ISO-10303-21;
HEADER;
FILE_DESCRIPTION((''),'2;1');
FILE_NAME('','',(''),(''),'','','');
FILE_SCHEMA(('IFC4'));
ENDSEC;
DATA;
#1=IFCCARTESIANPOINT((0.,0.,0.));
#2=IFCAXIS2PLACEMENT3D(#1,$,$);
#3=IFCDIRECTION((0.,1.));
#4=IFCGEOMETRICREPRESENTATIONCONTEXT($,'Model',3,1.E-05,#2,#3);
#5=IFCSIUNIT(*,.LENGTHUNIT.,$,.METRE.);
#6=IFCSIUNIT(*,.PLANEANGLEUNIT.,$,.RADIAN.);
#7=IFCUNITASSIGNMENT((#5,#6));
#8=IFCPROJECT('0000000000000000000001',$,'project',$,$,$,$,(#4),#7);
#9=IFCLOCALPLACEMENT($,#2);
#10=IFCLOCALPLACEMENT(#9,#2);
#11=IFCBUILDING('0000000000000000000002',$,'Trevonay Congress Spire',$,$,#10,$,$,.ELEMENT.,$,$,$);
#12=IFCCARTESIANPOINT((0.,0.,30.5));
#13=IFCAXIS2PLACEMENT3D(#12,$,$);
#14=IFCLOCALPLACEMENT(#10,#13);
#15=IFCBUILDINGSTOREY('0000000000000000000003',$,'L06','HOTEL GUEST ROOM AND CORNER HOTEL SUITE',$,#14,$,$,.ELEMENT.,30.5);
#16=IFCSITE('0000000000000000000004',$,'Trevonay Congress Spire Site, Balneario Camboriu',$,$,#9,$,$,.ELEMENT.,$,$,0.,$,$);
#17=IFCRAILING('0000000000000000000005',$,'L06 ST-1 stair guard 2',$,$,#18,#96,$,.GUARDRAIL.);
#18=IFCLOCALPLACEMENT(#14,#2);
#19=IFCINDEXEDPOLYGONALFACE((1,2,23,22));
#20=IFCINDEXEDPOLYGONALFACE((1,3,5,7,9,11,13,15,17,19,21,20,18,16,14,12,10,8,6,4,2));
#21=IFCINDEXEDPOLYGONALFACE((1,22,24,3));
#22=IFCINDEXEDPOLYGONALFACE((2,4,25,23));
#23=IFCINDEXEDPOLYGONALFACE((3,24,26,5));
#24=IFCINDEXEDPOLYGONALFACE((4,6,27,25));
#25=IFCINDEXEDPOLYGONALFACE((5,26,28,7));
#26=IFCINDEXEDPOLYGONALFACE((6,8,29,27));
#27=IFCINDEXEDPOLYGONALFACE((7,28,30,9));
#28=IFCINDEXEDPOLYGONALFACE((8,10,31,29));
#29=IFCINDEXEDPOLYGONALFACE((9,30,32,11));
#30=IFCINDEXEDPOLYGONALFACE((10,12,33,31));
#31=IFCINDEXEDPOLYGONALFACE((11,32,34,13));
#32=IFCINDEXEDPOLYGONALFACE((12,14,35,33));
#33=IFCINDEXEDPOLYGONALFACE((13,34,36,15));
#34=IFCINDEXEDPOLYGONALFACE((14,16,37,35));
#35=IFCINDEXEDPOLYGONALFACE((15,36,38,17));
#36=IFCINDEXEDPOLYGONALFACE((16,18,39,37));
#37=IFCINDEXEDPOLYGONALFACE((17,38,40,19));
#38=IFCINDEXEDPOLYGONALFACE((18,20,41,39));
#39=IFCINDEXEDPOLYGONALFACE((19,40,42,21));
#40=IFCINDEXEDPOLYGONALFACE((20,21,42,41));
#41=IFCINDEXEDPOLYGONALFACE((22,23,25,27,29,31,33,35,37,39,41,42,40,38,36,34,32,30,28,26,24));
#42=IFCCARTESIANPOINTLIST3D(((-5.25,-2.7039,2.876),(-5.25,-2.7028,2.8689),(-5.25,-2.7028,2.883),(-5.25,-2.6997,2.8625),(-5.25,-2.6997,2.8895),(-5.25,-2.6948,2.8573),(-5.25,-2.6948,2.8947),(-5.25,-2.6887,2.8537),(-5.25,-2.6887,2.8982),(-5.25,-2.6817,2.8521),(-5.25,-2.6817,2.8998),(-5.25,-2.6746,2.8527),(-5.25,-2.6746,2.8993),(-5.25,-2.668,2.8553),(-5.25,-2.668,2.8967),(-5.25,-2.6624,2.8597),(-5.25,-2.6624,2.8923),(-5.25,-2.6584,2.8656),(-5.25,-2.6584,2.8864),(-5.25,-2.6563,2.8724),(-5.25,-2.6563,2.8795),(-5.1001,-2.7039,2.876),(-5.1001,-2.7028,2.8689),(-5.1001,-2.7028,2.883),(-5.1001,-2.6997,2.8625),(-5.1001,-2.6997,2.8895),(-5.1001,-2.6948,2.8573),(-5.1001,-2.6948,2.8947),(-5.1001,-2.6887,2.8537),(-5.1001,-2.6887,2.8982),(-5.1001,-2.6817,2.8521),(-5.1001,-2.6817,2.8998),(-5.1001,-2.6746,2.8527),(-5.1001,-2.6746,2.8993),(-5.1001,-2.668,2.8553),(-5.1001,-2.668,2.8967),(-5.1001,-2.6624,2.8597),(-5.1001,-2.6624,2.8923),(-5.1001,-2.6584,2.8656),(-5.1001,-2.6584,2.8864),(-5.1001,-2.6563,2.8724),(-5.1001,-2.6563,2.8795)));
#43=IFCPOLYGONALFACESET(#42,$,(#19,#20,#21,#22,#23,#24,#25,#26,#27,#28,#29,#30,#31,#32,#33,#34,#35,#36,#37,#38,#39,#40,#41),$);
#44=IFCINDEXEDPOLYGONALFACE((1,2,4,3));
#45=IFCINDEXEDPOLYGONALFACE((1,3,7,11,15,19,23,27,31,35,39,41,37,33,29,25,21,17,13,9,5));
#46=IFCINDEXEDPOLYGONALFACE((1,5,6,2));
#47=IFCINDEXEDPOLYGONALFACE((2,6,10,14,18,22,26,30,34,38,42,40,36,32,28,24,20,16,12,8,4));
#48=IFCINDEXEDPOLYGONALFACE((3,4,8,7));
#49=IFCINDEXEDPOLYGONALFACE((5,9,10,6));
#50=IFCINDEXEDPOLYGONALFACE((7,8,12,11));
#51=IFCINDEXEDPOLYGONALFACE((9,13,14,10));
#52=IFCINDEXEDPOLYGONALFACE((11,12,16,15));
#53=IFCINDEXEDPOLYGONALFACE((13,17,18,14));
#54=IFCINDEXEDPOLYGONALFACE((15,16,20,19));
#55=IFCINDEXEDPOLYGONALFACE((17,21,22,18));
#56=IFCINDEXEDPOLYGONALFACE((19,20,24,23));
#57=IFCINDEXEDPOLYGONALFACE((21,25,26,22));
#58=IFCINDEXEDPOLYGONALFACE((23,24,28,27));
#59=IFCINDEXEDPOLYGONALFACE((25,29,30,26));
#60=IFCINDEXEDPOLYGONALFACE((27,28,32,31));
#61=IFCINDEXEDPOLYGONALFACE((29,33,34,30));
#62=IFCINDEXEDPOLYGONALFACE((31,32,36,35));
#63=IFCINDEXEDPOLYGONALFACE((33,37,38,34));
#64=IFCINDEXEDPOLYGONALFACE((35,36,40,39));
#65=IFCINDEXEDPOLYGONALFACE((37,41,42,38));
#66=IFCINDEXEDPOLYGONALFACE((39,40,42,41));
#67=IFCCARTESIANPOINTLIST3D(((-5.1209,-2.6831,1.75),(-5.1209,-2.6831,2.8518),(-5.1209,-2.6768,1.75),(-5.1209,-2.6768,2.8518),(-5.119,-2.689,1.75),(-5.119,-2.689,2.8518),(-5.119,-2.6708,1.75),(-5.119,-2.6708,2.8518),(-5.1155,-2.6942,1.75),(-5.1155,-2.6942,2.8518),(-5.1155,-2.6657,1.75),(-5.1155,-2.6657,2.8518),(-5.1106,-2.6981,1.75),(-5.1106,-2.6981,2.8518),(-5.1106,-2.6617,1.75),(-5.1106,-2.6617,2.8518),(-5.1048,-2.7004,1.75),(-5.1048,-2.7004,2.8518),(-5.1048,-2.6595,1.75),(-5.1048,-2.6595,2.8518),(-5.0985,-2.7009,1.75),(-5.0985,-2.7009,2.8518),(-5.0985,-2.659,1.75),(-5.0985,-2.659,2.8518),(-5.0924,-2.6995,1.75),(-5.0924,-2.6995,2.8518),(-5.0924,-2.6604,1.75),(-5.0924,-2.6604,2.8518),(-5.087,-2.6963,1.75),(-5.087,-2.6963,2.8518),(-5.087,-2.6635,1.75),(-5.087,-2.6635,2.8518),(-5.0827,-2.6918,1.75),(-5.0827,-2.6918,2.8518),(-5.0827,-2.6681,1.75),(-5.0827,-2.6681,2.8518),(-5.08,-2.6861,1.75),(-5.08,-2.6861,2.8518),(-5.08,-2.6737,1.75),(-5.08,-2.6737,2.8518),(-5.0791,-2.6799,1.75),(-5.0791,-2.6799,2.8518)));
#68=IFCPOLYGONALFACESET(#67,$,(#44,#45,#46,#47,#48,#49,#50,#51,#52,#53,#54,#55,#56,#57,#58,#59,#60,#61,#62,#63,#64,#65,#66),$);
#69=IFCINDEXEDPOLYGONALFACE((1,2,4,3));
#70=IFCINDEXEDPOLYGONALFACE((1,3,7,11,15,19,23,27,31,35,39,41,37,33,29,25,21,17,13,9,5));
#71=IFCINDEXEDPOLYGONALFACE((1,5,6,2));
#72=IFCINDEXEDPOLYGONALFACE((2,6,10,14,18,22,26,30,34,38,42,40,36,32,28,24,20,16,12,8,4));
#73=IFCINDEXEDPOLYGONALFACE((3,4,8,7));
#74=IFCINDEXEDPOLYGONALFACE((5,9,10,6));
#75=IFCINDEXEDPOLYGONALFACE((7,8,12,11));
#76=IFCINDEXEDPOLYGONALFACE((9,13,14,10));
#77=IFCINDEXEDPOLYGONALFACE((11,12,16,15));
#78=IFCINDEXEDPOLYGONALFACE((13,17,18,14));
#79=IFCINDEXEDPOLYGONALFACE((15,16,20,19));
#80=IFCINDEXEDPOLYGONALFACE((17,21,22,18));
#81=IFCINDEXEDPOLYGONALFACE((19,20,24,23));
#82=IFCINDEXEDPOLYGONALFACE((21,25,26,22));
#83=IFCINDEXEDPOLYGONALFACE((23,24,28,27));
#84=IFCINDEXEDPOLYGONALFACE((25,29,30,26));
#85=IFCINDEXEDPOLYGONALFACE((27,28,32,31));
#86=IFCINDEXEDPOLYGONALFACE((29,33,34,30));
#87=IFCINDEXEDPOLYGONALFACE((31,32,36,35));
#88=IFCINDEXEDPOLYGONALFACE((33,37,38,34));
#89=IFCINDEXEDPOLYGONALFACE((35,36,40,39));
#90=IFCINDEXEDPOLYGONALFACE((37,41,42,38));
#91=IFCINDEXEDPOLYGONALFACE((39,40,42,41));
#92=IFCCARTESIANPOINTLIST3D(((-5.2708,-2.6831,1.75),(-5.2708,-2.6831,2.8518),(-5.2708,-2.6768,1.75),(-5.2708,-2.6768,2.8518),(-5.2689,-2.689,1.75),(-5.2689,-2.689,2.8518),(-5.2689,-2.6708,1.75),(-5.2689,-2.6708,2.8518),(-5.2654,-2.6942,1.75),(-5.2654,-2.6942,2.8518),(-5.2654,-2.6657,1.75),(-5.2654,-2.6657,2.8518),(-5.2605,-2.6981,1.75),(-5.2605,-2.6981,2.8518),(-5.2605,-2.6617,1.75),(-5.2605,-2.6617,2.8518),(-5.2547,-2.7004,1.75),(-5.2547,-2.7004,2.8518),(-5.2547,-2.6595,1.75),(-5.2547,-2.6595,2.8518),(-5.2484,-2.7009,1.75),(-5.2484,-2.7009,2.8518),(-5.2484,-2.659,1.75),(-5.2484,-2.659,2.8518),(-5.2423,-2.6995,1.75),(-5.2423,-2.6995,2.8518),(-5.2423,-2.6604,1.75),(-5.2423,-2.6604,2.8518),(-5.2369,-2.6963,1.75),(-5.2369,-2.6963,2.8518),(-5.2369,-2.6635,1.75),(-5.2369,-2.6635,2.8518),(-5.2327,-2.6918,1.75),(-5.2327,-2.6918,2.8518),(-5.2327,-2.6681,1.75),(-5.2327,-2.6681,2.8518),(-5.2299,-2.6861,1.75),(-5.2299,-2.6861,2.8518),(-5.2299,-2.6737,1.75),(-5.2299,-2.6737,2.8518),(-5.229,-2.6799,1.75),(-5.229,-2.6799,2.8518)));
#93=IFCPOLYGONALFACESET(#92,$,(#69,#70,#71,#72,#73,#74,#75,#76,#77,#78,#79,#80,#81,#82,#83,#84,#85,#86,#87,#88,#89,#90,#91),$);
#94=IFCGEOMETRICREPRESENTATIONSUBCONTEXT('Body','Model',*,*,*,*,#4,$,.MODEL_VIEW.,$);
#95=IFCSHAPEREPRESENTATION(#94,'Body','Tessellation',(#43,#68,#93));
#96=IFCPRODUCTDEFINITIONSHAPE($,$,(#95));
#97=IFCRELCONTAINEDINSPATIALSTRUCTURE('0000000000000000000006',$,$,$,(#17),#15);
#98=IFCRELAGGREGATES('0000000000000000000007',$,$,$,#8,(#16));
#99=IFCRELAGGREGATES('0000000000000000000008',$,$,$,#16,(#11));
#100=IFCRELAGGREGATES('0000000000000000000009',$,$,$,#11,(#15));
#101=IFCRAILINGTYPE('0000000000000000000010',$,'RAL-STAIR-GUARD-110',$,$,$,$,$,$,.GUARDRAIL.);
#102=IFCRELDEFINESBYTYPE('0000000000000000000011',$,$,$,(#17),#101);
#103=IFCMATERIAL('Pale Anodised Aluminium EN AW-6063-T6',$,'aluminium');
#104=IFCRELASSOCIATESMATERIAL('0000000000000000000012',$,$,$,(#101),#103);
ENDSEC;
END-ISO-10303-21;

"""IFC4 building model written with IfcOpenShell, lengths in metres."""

from ifc_helpers import new_model, si_unit, direction, frame, origin, origin_2d, place, context, subcontext, project, spatial, circle, extrude, material, type_object, element, save


model = new_model("IFC4")

# Units and contexts
model_context = context("Model", 3, precision=1e-05, world=origin(), true_north=direction((0.0, 1.0)))
body_context = subcontext(model_context, "Body", "Model", "MODEL_VIEW")
ifc_project = project(units=[si_unit("LENGTHUNIT", "METRE"), si_unit("PLANEANGLEUNIT", "RADIAN")], contexts=[model_context])

# Site, building, storey
site_placement = place(None, origin())
site = spatial("IfcSite", under=ifc_project, at=site_placement, Name="Trevonay Congress Spire Site, Balneario Camboriu", CompositionType="ELEMENT", RefElevation=0.0)
building_placement = place(site_placement, origin())
building = spatial("IfcBuilding", under=site, at=building_placement, Name="Trevonay Congress Spire", CompositionType="ELEMENT")
storey_placement = place(building_placement, frame((0.0, 0.0, 30.5)))
storey = spatial("IfcBuildingStorey", under=building, at=storey_placement, Name="L06", Description="HOTEL GUEST ROOM AND CORNER HOTEL SUITE", CompositionType="ELEMENT", Elevation=30.5)

# Shared definitions
ifc_material_1 = material(Name="Pale Anodised Aluminium EN AW-6063-T6", Category="aluminium")

# Railing
railing_type_1 = type_object("IfcRailingType", Name="RAL-STAIR-GUARD-110", PredefinedType="GUARDRAIL", material=ifc_material_1)
railing_1_placement = place(storey_placement, frame((-5.1001, -2.6799, 1.75)))
element("IfcRailing", 1, at=railing_1_placement, inside=storey, type_object=railing_type_1, Name="L06 ST-1 stair guard 2", PredefinedType="GUARDRAIL", context=body_context, shape_type="SweptSolid", body=[
    extrude(circle(Radius=0.0239, at=origin_2d()), frame((0.0, 0.0, 1.126), z_axis=(-1.0, 0.0, 0.0), x_axis=(0.0, -1.0, 0.0)), (0.0, 0.0, 1.0), 0.1499),
    extrude(circle(Radius=0.021, at=origin_2d()), origin(), (0.0, 0.0, 1.0), 1.1018),
    extrude(circle(Radius=0.021, at=origin_2d()), frame((-0.1499, 0.0, 0.0)), (0.0, 0.0, 1.0), 1.1018),
])

save(model, "model.ifc")
